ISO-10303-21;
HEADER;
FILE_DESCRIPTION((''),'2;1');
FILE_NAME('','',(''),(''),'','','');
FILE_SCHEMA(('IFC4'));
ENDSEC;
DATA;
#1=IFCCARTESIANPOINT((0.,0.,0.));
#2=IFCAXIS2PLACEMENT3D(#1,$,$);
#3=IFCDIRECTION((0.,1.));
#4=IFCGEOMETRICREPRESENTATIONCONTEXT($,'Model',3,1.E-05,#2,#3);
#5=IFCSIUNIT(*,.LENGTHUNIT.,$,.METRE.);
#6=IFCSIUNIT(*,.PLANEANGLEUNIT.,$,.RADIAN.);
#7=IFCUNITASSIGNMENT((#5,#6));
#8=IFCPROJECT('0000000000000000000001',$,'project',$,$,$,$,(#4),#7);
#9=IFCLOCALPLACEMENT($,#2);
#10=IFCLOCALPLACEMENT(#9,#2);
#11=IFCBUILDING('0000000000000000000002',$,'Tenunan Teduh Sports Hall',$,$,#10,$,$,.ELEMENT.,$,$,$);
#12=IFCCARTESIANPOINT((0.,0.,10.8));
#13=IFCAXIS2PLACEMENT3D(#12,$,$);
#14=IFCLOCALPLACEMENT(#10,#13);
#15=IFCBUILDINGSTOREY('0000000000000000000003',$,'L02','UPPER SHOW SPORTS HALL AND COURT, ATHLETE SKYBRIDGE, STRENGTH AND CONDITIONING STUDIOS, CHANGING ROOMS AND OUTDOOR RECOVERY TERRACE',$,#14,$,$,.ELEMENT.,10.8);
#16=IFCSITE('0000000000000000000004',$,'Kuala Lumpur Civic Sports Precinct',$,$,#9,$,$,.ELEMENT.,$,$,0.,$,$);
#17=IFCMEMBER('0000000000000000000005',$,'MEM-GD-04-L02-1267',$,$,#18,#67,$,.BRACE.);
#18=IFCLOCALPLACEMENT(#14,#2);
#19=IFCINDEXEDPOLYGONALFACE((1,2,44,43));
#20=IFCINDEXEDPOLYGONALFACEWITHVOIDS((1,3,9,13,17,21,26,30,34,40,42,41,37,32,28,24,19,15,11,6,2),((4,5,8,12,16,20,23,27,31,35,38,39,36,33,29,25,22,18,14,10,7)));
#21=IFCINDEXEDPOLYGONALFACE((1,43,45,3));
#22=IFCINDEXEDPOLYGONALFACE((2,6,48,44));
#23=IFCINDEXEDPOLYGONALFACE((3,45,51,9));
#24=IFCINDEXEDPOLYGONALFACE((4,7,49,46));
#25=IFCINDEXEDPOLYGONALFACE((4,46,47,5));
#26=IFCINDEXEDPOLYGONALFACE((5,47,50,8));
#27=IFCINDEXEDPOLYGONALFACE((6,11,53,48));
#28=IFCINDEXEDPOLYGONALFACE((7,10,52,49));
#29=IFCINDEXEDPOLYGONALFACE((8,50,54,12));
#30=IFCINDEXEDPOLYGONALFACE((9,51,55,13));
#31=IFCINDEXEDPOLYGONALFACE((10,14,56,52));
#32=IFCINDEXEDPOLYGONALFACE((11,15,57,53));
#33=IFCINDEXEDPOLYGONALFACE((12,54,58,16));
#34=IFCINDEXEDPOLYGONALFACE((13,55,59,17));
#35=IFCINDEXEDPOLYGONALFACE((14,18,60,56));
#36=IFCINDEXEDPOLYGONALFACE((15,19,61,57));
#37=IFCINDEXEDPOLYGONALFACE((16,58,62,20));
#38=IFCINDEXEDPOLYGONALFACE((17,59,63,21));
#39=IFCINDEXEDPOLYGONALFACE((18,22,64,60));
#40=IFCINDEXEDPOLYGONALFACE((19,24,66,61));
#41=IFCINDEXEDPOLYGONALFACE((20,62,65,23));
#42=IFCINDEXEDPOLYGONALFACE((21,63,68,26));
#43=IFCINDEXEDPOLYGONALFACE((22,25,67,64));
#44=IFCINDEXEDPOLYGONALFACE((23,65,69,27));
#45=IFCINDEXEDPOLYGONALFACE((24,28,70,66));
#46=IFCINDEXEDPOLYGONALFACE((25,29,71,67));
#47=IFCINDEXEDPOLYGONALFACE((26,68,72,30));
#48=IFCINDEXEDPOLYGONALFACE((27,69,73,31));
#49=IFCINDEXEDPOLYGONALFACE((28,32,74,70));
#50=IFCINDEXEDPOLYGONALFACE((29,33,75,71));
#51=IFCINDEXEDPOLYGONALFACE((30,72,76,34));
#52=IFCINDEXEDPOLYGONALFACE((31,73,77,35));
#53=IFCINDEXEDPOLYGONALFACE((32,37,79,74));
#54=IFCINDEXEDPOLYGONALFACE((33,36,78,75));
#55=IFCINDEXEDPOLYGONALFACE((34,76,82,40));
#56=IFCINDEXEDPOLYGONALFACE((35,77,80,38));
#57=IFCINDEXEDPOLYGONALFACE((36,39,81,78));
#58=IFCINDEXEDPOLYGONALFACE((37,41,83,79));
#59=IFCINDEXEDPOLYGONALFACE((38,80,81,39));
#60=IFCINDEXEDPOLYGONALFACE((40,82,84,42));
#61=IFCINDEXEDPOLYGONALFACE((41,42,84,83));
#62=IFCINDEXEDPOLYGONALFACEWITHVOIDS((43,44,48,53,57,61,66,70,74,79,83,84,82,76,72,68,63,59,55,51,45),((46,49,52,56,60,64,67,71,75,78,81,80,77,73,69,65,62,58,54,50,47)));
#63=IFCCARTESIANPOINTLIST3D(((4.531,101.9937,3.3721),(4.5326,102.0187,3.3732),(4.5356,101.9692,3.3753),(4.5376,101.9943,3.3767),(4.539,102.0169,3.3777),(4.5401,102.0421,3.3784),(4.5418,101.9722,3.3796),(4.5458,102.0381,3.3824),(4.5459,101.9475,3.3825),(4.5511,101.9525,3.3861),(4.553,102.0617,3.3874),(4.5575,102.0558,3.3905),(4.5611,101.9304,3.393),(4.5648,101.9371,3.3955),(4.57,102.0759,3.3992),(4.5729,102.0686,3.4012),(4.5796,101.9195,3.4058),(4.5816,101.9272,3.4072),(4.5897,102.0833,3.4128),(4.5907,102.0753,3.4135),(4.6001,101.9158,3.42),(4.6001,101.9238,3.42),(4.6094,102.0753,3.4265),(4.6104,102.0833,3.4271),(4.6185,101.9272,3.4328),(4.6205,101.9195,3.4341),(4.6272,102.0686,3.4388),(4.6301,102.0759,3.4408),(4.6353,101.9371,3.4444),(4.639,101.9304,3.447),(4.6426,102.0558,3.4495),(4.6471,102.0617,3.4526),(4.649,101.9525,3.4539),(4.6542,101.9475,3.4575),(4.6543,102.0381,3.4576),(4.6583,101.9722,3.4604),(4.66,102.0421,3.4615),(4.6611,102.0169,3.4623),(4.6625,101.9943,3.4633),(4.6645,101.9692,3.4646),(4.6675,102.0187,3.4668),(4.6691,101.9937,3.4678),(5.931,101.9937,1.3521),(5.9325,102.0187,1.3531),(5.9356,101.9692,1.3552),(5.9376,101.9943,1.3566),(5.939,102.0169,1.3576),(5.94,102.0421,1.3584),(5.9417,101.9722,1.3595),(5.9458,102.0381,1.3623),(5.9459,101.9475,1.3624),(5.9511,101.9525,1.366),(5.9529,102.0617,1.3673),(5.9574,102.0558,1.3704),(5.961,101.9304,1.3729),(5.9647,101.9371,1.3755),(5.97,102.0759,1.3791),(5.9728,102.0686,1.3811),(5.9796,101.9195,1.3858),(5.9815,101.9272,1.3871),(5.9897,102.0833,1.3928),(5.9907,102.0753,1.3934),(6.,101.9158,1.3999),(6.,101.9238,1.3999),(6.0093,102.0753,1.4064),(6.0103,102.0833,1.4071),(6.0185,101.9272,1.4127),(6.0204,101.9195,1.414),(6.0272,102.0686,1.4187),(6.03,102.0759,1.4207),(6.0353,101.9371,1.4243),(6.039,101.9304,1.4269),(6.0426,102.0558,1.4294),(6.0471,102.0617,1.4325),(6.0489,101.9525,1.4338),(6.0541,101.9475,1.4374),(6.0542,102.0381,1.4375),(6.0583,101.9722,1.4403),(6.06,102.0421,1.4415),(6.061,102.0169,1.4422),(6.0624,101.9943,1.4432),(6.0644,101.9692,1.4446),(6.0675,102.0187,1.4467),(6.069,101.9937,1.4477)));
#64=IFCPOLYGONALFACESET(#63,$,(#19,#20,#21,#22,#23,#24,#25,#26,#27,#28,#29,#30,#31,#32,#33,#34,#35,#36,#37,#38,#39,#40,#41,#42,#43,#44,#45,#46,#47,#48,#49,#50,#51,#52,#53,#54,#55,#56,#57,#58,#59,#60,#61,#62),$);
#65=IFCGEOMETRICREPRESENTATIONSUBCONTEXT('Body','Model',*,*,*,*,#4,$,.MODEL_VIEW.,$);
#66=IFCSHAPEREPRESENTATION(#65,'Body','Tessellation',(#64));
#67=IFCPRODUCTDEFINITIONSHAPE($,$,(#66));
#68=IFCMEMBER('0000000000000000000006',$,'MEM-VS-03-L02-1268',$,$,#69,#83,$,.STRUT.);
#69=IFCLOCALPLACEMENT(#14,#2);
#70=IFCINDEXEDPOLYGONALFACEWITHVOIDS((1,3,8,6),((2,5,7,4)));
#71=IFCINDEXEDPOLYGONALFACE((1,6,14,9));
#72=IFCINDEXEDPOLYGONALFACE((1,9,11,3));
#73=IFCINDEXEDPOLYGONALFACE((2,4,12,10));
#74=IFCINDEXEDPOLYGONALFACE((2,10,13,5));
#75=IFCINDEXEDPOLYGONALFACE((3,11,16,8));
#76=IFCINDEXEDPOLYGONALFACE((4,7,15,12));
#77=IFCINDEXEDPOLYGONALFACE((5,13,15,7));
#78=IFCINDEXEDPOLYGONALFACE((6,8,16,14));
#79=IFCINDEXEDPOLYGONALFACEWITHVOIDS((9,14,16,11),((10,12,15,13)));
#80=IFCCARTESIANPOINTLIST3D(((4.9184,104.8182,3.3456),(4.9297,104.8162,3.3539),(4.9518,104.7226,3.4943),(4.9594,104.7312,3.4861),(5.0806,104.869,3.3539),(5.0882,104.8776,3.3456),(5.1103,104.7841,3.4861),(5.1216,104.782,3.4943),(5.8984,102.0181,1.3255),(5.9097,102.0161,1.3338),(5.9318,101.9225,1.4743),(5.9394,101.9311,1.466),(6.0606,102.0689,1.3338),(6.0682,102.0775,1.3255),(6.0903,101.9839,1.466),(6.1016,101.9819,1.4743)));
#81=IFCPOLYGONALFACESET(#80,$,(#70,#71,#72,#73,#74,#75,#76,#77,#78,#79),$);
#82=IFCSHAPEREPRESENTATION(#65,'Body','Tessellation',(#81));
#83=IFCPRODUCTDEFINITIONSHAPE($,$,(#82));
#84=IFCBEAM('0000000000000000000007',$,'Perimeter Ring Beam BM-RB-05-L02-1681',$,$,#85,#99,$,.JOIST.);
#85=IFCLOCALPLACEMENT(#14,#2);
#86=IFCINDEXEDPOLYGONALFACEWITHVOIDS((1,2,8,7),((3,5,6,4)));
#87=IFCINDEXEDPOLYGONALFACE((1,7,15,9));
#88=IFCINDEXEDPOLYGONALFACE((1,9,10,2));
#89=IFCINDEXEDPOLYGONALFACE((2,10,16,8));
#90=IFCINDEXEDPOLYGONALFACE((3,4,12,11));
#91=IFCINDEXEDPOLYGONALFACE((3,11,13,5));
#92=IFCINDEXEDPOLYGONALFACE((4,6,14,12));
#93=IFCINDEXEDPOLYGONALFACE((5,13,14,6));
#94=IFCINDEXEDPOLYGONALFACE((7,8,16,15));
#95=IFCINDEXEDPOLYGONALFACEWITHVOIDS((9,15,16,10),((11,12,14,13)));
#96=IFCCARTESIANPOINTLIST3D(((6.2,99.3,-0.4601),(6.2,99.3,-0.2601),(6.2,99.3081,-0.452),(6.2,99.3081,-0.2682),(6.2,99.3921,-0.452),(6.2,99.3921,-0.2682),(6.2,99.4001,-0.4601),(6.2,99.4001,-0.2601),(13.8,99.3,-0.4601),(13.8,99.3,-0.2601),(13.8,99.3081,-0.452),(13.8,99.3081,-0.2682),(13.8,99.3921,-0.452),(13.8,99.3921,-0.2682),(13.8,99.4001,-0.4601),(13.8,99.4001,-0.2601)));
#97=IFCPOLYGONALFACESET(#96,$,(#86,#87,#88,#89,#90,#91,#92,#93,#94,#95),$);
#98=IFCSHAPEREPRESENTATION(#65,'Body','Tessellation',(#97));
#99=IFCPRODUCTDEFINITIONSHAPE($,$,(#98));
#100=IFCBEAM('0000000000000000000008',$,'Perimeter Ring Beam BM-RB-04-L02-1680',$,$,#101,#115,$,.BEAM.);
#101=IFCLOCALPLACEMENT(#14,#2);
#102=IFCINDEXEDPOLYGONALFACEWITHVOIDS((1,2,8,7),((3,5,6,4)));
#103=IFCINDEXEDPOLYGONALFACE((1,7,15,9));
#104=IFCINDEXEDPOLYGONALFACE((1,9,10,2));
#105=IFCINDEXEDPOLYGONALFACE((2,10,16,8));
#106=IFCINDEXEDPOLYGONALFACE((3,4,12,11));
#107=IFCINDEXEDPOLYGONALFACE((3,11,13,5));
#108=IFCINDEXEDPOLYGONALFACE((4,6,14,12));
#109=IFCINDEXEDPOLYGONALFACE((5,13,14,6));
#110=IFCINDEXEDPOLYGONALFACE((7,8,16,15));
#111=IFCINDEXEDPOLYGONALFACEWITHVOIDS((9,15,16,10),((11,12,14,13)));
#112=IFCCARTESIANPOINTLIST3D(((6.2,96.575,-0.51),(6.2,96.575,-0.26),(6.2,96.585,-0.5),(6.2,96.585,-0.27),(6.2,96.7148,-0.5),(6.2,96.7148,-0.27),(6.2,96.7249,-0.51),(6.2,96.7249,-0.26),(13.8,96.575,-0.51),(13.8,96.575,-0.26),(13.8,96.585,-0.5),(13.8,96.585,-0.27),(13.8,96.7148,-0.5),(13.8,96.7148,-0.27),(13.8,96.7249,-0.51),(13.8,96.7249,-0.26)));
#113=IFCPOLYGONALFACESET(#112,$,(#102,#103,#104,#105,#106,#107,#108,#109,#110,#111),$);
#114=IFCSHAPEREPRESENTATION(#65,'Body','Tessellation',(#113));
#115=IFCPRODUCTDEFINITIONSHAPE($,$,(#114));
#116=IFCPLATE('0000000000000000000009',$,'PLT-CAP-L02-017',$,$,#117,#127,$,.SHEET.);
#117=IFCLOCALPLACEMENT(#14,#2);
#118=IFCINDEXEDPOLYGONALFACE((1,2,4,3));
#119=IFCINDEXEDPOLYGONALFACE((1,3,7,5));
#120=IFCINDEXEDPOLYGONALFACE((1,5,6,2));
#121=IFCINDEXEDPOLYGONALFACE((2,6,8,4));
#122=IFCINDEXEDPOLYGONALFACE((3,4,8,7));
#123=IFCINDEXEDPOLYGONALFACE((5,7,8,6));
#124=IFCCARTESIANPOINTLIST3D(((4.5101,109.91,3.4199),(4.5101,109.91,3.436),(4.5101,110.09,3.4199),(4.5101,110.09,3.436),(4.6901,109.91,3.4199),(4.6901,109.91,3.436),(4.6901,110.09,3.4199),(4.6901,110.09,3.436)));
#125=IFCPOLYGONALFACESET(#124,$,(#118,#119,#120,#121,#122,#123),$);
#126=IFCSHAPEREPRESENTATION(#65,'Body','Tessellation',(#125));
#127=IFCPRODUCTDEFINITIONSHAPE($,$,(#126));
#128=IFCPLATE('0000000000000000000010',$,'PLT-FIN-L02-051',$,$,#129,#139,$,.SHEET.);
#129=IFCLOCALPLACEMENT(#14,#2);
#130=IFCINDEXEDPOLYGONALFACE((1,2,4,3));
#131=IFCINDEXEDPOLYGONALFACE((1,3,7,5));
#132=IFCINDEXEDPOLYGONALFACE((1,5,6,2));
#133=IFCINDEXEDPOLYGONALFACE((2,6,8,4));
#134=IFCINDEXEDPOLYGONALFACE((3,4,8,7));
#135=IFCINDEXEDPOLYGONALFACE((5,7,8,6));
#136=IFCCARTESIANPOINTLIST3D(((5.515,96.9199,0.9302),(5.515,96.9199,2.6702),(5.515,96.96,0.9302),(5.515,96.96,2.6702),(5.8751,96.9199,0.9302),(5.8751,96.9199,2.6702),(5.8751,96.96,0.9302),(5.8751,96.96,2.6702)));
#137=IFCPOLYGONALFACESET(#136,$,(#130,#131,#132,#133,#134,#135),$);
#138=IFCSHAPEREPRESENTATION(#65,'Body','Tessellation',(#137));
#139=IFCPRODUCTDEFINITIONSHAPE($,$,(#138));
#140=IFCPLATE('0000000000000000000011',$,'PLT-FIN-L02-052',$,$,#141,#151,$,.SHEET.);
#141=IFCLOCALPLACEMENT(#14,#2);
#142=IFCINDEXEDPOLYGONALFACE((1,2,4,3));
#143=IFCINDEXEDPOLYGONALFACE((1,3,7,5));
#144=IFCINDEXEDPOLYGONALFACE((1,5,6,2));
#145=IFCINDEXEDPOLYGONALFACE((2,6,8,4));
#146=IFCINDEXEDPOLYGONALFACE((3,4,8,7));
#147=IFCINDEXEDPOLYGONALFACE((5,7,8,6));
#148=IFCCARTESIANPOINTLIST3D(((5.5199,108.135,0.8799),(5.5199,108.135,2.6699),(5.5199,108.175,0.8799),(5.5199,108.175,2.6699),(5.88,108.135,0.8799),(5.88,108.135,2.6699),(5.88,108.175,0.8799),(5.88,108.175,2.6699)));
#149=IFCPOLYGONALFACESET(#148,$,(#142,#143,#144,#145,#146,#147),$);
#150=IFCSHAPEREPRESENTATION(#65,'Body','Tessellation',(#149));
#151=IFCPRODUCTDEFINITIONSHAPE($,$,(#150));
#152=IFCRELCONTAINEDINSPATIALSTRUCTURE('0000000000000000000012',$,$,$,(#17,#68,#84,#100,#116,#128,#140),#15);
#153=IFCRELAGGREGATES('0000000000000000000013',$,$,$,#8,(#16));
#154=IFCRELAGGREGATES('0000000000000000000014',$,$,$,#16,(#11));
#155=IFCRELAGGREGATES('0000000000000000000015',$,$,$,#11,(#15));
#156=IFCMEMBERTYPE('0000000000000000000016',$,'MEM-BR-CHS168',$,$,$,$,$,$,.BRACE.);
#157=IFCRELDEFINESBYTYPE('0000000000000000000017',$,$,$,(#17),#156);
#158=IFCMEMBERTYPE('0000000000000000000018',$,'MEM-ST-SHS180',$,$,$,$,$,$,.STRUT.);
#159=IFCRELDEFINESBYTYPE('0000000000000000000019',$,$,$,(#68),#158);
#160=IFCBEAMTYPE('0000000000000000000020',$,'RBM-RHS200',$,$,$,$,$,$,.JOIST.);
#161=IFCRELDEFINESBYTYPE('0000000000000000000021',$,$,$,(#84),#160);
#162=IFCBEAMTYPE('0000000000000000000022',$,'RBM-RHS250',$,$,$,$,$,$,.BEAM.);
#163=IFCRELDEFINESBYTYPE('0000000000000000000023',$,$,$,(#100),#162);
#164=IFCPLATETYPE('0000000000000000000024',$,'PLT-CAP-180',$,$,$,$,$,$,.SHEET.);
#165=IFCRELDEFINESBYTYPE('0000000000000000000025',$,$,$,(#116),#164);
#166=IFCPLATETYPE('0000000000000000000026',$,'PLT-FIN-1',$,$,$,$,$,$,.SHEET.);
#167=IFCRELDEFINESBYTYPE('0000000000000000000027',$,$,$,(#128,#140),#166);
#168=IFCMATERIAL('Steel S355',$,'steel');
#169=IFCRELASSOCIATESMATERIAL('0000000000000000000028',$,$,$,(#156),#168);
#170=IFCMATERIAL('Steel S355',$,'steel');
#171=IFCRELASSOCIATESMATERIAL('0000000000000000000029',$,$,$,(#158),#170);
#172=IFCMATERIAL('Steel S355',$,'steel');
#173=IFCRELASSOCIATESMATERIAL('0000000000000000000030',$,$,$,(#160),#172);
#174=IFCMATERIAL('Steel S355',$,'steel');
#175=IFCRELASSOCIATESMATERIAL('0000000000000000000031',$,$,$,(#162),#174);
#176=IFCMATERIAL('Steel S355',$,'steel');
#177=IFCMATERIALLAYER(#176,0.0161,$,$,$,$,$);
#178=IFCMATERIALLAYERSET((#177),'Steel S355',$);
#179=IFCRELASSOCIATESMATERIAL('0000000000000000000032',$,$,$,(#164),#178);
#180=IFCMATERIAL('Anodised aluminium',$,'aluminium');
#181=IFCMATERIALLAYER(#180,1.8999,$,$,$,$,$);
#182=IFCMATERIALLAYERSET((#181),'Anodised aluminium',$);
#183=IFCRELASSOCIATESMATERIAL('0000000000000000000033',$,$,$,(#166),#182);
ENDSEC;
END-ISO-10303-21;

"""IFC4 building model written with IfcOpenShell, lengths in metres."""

from ifc_helpers import new_model, si_unit, direction, frame, origin, origin_2d, place, context, subcontext, project, spatial, rectangle, hollow_rectangle, hollow_circle, extrude, material, layer, layer_set, material_profile, profile_set, type_object, element, save


model = new_model("IFC4")

# Units and contexts
model_context = context("Model", 3, precision=1e-05, world=origin(), true_north=direction((0.0, 1.0)))
body_context = subcontext(model_context, "Body", "Model", "MODEL_VIEW")
ifc_project = project(units=[si_unit("LENGTHUNIT", "METRE"), si_unit("PLANEANGLEUNIT", "RADIAN")], contexts=[model_context])

# Site, building, storey
site_placement = place(None, origin())
site = spatial("IfcSite", under=ifc_project, at=site_placement, Name="Kuala Lumpur Civic Sports Precinct", CompositionType="ELEMENT", RefElevation=0.0)
building_placement = place(site_placement, origin())
building = spatial("IfcBuilding", under=site, at=building_placement, Name="Tenunan Teduh Sports Hall", CompositionType="ELEMENT")
storey_placement = place(building_placement, frame((0.0, 0.0, 10.8)))
storey = spatial("IfcBuildingStorey", under=building, at=storey_placement, Name="L02", Description="UPPER SHOW SPORTS HALL AND COURT, ATHLETE SKYBRIDGE, STRENGTH AND CONDITIONING STUDIOS, CHANGING ROOMS AND OUTDOOR RECOVERY TERRACE", CompositionType="ELEMENT", Elevation=10.8)

# Members
ifc_material_1 = material(Name="Steel S355", Category="steel")
ifc_material_profile_1 = material_profile(ifc_material_1, hollow_circle(Radius=0.0842, WallThickness=0.0081, at=origin_2d()), Name="CHS 168.3x8.0")
ifc_profile_set_1 = profile_set([ifc_material_profile_1], Name="Steel S355")
member_type_1 = type_object("IfcMemberType", Name="MEM-BR-CHS168", PredefinedType="BRACE", material=ifc_profile_set_1)
member_1_placement = place(storey_placement, frame((6.0, 102.0, 1.3999), z_axis=(-0.569602, 0.0, 0.82192), x_axis=(0.0, -1.0, 0.0)))
element("IfcMember", 1, at=member_1_placement, inside=storey, type_object=member_type_1, Name="MEM-GD-04-L02-1267", PredefinedType="BRACE", context=body_context, shape_type="SweptSolid", body=[
    extrude(hollow_circle(Radius=0.0842, WallThickness=0.0081, at=origin_2d()), origin(), (0.0, 0.0, 1.0), 2.4578),
])
ifc_material_2 = material(Name="Steel S355", Category="steel")
ifc_material_profile_2 = material_profile(ifc_material_2, hollow_rectangle(XDim=0.1799, YDim=0.1799, WallThickness=0.01, at=origin_2d()), Name="SHS 180x180x10.0")
ifc_profile_set_2 = profile_set([ifc_material_profile_2], Name="Steel S355")
member_type_2 = type_object("IfcMemberType", Name="MEM-ST-SHS180", PredefinedType="STRUT", material=ifc_profile_set_2)
member_2_placement = place(storey_placement, frame((6.0, 102.0, 1.3999), z_axis=(-0.273049, 0.780169, 0.562832), x_axis=(-0.943862, -0.330339, 0.0)))
element("IfcMember", 2, at=member_2_placement, inside=storey, type_object=member_type_2, Name="MEM-VS-03-L02-1268", PredefinedType="STRUT", context=body_context, shape_type="SweptSolid", body=[
    extrude(hollow_rectangle(XDim=0.1799, YDim=0.1799, WallThickness=0.01, at=origin_2d()), origin(), (0.0, 0.0, 1.0), 3.5891),
])

# Beams
ifc_material_3 = material(Name="Steel S355", Category="steel")
ifc_material_profile_3 = material_profile(ifc_material_3, hollow_rectangle(XDim=0.1001, YDim=0.2, WallThickness=0.0081, at=origin_2d()), Name="RHS 200x100x8.0")
ifc_profile_set_3 = profile_set([ifc_material_profile_3], Name="Steel S355")
beam_type_1 = type_object("IfcBeamType", Name="RBM-RHS200", PredefinedType="JOIST", material=ifc_profile_set_3)
beam_1_placement = place(storey_placement, frame((6.2, 99.3501, -0.3601), z_axis=(1.0, 0.0, 0.0), x_axis=(0.0, 1.0, 0.0)))
element("IfcBeam", 3, at=beam_1_placement, inside=storey, type_object=beam_type_1, Name="Perimeter Ring Beam BM-RB-05-L02-1681", PredefinedType="JOIST", context=body_context, shape_type="SweptSolid", body=[
    extrude(hollow_rectangle(XDim=0.1001, YDim=0.2, WallThickness=0.0081, at=origin_2d()), origin(), (0.0, 0.0, 1.0), 7.6001),
])
ifc_material_4 = material(Name="Steel S355", Category="steel")
ifc_material_profile_4 = material_profile(ifc_material_4, hollow_rectangle(XDim=0.1499, YDim=0.25, WallThickness=0.01, at=origin_2d()), Name="RHS 250x150x10.0")
ifc_profile_set_4 = profile_set([ifc_material_profile_4], Name="Steel S355")
beam_type_2 = type_object("IfcBeamType", Name="RBM-RHS250", PredefinedType="BEAM", material=ifc_profile_set_4)
beam_2_placement = place(storey_placement, frame((6.2, 96.6499, -0.385), z_axis=(1.0, 0.0, 0.0), x_axis=(0.0, 1.0, 0.0)))
element("IfcBeam", 4, at=beam_2_placement, inside=storey, type_object=beam_type_2, Name="Perimeter Ring Beam BM-RB-04-L02-1680", PredefinedType="BEAM", context=body_context, shape_type="SweptSolid", body=[
    extrude(hollow_rectangle(XDim=0.1499, YDim=0.25, WallThickness=0.01, at=origin_2d()), origin(), (0.0, 0.0, 1.0), 7.6001),
])

# Plates
ifc_material_5 = material(Name="Steel S355", Category="steel")
ifc_layer_1 = layer(ifc_material_5, 0.0161)
ifc_layer_set_1 = layer_set([ifc_layer_1], Name="Steel S355")
plate_type_1 = type_object("IfcPlateType", Name="PLT-CAP-180", PredefinedType="SHEET", material=ifc_layer_set_1)
plate_1_placement = place(storey_placement, frame((4.6001, 110.0, 3.4199), z_axis=(0.0, 0.0, 1.0), x_axis=(1.0, 0.0, 0.0)))
element("IfcPlate", 5, at=plate_1_placement, inside=storey, type_object=plate_type_1, Name="PLT-CAP-L02-017", PredefinedType="SHEET", context=body_context, shape_type="SweptSolid", body=[
    extrude(rectangle(XDim=0.1799, YDim=0.1799, at=origin_2d()), origin(), (0.0, 0.0, 1.0), 0.0161),
])
ifc_material_6 = material(Name="Anodised aluminium", Category="aluminium")
ifc_layer_2 = layer(ifc_material_6, 1.8999)
ifc_layer_set_2 = layer_set([ifc_layer_2], Name="Anodised aluminium")
plate_type_2 = type_object("IfcPlateType", Name="PLT-FIN-1", PredefinedType="SHEET", material=ifc_layer_set_2)
plate_2_placement = place(storey_placement, frame((5.6951, 96.9399, 0.9302), z_axis=(0.0, 0.0, 1.0), x_axis=(0.0, 1.0, 0.0)))
element("IfcPlate", 6, at=plate_2_placement, inside=storey, type_object=plate_type_2, Name="PLT-FIN-L02-051", PredefinedType="SHEET", context=body_context, shape_type="SweptSolid", body=[
    extrude(rectangle(XDim=0.04, YDim=0.3601, at=origin_2d()), origin(), (0.0, 0.0, 1.0), 1.74),
])
plate_3_placement = place(storey_placement, frame((5.7, 108.155, 0.8799), z_axis=(0.0, 0.0, 1.0), x_axis=(0.0, 1.0, 0.0)))
element("IfcPlate", 7, at=plate_3_placement, inside=storey, type_object=plate_type_2, Name="PLT-FIN-L02-052", PredefinedType="SHEET", context=body_context, shape_type="SweptSolid", body=[
    extrude(rectangle(XDim=0.04, YDim=0.3601, at=origin_2d()), origin(), (0.0, 0.0, 1.0), 1.79),
])

save(model, "model.ifc")
